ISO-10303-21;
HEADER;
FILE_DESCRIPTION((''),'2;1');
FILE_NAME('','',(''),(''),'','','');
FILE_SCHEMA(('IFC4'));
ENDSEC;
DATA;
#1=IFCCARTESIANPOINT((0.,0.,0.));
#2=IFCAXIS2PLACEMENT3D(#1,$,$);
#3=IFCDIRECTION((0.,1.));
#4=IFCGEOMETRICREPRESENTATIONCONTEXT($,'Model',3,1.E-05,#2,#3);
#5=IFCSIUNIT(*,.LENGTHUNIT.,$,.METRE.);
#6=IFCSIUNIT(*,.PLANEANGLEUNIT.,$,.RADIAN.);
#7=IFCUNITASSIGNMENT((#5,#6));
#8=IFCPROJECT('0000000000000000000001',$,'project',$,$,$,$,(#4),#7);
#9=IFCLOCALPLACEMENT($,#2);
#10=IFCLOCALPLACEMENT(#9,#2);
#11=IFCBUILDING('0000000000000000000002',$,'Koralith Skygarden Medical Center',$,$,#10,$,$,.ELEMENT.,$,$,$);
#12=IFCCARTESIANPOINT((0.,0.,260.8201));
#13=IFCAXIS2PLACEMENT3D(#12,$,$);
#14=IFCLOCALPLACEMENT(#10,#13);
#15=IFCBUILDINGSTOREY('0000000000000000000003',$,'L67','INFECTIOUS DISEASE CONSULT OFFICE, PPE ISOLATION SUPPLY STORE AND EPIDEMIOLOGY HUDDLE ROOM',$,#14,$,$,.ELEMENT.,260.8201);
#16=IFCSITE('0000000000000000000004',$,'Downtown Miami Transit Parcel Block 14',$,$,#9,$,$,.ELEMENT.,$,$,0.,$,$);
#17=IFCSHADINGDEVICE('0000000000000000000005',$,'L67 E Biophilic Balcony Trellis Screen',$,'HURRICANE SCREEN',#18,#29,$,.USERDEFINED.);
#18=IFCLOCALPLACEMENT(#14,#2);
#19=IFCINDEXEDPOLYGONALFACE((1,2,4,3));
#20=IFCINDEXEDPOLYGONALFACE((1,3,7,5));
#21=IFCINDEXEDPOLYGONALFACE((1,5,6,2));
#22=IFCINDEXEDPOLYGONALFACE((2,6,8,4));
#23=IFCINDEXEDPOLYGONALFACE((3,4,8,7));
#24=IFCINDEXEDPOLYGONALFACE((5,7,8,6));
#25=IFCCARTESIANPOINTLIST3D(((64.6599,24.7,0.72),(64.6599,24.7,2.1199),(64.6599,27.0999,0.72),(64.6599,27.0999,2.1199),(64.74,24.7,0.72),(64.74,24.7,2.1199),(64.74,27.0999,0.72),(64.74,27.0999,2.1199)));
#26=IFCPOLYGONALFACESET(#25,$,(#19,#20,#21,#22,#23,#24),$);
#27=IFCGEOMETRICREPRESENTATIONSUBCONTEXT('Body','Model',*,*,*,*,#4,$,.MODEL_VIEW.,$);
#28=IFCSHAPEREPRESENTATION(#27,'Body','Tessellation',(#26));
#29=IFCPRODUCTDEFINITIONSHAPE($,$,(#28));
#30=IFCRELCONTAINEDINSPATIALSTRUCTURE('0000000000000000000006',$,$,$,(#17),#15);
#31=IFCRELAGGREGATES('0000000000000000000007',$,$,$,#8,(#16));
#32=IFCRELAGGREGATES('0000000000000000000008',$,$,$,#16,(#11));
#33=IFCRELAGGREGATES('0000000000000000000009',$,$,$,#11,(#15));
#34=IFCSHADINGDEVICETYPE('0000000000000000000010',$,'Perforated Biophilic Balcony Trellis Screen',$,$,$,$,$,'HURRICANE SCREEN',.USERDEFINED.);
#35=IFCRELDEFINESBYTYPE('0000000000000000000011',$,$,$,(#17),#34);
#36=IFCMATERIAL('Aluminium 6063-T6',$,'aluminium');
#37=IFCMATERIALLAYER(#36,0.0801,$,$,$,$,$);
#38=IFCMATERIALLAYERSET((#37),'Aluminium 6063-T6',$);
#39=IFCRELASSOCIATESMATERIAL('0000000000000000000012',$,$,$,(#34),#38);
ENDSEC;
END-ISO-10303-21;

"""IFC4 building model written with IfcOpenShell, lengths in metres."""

from ifc_helpers import new_model, si_unit, direction, frame, origin, origin_2d, place, context, subcontext, project, spatial, rectangle, extrude, material, layer, layer_set, type_object, element, save


model = new_model("IFC4")

# Units and contexts
model_context = context("Model", 3, precision=1e-05, world=origin(), true_north=direction((0.0, 1.0)))
body_context = subcontext(model_context, "Body", "Model", "MODEL_VIEW")
ifc_project = project(units=[si_unit("LENGTHUNIT", "METRE"), si_unit("PLANEANGLEUNIT", "RADIAN")], contexts=[model_context])

# Site, building, storey
site_placement = place(None, origin())
site = spatial("IfcSite", under=ifc_project, at=site_placement, Name="Downtown Miami Transit Parcel Block 14", CompositionType="ELEMENT", RefElevation=0.0)
building_placement = place(site_placement, origin())
building = spatial("IfcBuilding", under=site, at=building_placement, Name="Koralith Skygarden Medical Center", CompositionType="ELEMENT")
storey_placement = place(building_placement, frame((0.0, 0.0, 260.8201)))
storey = spatial("IfcBuildingStorey", under=building, at=storey_placement, Name="L67", Description="INFECTIOUS DISEASE CONSULT OFFICE, PPE ISOLATION SUPPLY STORE AND EPIDEMIOLOGY HUDDLE ROOM", CompositionType="ELEMENT", Elevation=260.8201)

# Shared definitions
ifc_material_1 = material(Name="Aluminium 6063-T6", Category="aluminium")

# Shading device
ifc_layer_1 = layer(ifc_material_1, 0.0801)
ifc_layer_set_1 = layer_set([ifc_layer_1], Name="Aluminium 6063-T6")
shading_device_type = type_object("IfcShadingDeviceType", Name="Perforated Biophilic Balcony Trellis Screen", ElementType="HURRICANE SCREEN", PredefinedType="USERDEFINED", material=ifc_layer_set_1)
shading_device_placement = place(storey_placement, frame((64.7, 25.8999, 0.72), z_axis=(0.0, 0.0, 1.0), x_axis=(0.0, 1.0, 0.0)))
element("IfcShadingDevice", 1, at=shading_device_placement, inside=storey, type_object=shading_device_type, Name="L67 E Biophilic Balcony Trellis Screen", ObjectType="HURRICANE SCREEN", PredefinedType="USERDEFINED", context=body_context, shape_type="SweptSolid", body=[
    extrude(rectangle(XDim=2.3999, YDim=0.0801, at=origin_2d()), origin(), (0.0, 0.0, 1.0), 1.3999),
])

save(model, "model.ifc")
